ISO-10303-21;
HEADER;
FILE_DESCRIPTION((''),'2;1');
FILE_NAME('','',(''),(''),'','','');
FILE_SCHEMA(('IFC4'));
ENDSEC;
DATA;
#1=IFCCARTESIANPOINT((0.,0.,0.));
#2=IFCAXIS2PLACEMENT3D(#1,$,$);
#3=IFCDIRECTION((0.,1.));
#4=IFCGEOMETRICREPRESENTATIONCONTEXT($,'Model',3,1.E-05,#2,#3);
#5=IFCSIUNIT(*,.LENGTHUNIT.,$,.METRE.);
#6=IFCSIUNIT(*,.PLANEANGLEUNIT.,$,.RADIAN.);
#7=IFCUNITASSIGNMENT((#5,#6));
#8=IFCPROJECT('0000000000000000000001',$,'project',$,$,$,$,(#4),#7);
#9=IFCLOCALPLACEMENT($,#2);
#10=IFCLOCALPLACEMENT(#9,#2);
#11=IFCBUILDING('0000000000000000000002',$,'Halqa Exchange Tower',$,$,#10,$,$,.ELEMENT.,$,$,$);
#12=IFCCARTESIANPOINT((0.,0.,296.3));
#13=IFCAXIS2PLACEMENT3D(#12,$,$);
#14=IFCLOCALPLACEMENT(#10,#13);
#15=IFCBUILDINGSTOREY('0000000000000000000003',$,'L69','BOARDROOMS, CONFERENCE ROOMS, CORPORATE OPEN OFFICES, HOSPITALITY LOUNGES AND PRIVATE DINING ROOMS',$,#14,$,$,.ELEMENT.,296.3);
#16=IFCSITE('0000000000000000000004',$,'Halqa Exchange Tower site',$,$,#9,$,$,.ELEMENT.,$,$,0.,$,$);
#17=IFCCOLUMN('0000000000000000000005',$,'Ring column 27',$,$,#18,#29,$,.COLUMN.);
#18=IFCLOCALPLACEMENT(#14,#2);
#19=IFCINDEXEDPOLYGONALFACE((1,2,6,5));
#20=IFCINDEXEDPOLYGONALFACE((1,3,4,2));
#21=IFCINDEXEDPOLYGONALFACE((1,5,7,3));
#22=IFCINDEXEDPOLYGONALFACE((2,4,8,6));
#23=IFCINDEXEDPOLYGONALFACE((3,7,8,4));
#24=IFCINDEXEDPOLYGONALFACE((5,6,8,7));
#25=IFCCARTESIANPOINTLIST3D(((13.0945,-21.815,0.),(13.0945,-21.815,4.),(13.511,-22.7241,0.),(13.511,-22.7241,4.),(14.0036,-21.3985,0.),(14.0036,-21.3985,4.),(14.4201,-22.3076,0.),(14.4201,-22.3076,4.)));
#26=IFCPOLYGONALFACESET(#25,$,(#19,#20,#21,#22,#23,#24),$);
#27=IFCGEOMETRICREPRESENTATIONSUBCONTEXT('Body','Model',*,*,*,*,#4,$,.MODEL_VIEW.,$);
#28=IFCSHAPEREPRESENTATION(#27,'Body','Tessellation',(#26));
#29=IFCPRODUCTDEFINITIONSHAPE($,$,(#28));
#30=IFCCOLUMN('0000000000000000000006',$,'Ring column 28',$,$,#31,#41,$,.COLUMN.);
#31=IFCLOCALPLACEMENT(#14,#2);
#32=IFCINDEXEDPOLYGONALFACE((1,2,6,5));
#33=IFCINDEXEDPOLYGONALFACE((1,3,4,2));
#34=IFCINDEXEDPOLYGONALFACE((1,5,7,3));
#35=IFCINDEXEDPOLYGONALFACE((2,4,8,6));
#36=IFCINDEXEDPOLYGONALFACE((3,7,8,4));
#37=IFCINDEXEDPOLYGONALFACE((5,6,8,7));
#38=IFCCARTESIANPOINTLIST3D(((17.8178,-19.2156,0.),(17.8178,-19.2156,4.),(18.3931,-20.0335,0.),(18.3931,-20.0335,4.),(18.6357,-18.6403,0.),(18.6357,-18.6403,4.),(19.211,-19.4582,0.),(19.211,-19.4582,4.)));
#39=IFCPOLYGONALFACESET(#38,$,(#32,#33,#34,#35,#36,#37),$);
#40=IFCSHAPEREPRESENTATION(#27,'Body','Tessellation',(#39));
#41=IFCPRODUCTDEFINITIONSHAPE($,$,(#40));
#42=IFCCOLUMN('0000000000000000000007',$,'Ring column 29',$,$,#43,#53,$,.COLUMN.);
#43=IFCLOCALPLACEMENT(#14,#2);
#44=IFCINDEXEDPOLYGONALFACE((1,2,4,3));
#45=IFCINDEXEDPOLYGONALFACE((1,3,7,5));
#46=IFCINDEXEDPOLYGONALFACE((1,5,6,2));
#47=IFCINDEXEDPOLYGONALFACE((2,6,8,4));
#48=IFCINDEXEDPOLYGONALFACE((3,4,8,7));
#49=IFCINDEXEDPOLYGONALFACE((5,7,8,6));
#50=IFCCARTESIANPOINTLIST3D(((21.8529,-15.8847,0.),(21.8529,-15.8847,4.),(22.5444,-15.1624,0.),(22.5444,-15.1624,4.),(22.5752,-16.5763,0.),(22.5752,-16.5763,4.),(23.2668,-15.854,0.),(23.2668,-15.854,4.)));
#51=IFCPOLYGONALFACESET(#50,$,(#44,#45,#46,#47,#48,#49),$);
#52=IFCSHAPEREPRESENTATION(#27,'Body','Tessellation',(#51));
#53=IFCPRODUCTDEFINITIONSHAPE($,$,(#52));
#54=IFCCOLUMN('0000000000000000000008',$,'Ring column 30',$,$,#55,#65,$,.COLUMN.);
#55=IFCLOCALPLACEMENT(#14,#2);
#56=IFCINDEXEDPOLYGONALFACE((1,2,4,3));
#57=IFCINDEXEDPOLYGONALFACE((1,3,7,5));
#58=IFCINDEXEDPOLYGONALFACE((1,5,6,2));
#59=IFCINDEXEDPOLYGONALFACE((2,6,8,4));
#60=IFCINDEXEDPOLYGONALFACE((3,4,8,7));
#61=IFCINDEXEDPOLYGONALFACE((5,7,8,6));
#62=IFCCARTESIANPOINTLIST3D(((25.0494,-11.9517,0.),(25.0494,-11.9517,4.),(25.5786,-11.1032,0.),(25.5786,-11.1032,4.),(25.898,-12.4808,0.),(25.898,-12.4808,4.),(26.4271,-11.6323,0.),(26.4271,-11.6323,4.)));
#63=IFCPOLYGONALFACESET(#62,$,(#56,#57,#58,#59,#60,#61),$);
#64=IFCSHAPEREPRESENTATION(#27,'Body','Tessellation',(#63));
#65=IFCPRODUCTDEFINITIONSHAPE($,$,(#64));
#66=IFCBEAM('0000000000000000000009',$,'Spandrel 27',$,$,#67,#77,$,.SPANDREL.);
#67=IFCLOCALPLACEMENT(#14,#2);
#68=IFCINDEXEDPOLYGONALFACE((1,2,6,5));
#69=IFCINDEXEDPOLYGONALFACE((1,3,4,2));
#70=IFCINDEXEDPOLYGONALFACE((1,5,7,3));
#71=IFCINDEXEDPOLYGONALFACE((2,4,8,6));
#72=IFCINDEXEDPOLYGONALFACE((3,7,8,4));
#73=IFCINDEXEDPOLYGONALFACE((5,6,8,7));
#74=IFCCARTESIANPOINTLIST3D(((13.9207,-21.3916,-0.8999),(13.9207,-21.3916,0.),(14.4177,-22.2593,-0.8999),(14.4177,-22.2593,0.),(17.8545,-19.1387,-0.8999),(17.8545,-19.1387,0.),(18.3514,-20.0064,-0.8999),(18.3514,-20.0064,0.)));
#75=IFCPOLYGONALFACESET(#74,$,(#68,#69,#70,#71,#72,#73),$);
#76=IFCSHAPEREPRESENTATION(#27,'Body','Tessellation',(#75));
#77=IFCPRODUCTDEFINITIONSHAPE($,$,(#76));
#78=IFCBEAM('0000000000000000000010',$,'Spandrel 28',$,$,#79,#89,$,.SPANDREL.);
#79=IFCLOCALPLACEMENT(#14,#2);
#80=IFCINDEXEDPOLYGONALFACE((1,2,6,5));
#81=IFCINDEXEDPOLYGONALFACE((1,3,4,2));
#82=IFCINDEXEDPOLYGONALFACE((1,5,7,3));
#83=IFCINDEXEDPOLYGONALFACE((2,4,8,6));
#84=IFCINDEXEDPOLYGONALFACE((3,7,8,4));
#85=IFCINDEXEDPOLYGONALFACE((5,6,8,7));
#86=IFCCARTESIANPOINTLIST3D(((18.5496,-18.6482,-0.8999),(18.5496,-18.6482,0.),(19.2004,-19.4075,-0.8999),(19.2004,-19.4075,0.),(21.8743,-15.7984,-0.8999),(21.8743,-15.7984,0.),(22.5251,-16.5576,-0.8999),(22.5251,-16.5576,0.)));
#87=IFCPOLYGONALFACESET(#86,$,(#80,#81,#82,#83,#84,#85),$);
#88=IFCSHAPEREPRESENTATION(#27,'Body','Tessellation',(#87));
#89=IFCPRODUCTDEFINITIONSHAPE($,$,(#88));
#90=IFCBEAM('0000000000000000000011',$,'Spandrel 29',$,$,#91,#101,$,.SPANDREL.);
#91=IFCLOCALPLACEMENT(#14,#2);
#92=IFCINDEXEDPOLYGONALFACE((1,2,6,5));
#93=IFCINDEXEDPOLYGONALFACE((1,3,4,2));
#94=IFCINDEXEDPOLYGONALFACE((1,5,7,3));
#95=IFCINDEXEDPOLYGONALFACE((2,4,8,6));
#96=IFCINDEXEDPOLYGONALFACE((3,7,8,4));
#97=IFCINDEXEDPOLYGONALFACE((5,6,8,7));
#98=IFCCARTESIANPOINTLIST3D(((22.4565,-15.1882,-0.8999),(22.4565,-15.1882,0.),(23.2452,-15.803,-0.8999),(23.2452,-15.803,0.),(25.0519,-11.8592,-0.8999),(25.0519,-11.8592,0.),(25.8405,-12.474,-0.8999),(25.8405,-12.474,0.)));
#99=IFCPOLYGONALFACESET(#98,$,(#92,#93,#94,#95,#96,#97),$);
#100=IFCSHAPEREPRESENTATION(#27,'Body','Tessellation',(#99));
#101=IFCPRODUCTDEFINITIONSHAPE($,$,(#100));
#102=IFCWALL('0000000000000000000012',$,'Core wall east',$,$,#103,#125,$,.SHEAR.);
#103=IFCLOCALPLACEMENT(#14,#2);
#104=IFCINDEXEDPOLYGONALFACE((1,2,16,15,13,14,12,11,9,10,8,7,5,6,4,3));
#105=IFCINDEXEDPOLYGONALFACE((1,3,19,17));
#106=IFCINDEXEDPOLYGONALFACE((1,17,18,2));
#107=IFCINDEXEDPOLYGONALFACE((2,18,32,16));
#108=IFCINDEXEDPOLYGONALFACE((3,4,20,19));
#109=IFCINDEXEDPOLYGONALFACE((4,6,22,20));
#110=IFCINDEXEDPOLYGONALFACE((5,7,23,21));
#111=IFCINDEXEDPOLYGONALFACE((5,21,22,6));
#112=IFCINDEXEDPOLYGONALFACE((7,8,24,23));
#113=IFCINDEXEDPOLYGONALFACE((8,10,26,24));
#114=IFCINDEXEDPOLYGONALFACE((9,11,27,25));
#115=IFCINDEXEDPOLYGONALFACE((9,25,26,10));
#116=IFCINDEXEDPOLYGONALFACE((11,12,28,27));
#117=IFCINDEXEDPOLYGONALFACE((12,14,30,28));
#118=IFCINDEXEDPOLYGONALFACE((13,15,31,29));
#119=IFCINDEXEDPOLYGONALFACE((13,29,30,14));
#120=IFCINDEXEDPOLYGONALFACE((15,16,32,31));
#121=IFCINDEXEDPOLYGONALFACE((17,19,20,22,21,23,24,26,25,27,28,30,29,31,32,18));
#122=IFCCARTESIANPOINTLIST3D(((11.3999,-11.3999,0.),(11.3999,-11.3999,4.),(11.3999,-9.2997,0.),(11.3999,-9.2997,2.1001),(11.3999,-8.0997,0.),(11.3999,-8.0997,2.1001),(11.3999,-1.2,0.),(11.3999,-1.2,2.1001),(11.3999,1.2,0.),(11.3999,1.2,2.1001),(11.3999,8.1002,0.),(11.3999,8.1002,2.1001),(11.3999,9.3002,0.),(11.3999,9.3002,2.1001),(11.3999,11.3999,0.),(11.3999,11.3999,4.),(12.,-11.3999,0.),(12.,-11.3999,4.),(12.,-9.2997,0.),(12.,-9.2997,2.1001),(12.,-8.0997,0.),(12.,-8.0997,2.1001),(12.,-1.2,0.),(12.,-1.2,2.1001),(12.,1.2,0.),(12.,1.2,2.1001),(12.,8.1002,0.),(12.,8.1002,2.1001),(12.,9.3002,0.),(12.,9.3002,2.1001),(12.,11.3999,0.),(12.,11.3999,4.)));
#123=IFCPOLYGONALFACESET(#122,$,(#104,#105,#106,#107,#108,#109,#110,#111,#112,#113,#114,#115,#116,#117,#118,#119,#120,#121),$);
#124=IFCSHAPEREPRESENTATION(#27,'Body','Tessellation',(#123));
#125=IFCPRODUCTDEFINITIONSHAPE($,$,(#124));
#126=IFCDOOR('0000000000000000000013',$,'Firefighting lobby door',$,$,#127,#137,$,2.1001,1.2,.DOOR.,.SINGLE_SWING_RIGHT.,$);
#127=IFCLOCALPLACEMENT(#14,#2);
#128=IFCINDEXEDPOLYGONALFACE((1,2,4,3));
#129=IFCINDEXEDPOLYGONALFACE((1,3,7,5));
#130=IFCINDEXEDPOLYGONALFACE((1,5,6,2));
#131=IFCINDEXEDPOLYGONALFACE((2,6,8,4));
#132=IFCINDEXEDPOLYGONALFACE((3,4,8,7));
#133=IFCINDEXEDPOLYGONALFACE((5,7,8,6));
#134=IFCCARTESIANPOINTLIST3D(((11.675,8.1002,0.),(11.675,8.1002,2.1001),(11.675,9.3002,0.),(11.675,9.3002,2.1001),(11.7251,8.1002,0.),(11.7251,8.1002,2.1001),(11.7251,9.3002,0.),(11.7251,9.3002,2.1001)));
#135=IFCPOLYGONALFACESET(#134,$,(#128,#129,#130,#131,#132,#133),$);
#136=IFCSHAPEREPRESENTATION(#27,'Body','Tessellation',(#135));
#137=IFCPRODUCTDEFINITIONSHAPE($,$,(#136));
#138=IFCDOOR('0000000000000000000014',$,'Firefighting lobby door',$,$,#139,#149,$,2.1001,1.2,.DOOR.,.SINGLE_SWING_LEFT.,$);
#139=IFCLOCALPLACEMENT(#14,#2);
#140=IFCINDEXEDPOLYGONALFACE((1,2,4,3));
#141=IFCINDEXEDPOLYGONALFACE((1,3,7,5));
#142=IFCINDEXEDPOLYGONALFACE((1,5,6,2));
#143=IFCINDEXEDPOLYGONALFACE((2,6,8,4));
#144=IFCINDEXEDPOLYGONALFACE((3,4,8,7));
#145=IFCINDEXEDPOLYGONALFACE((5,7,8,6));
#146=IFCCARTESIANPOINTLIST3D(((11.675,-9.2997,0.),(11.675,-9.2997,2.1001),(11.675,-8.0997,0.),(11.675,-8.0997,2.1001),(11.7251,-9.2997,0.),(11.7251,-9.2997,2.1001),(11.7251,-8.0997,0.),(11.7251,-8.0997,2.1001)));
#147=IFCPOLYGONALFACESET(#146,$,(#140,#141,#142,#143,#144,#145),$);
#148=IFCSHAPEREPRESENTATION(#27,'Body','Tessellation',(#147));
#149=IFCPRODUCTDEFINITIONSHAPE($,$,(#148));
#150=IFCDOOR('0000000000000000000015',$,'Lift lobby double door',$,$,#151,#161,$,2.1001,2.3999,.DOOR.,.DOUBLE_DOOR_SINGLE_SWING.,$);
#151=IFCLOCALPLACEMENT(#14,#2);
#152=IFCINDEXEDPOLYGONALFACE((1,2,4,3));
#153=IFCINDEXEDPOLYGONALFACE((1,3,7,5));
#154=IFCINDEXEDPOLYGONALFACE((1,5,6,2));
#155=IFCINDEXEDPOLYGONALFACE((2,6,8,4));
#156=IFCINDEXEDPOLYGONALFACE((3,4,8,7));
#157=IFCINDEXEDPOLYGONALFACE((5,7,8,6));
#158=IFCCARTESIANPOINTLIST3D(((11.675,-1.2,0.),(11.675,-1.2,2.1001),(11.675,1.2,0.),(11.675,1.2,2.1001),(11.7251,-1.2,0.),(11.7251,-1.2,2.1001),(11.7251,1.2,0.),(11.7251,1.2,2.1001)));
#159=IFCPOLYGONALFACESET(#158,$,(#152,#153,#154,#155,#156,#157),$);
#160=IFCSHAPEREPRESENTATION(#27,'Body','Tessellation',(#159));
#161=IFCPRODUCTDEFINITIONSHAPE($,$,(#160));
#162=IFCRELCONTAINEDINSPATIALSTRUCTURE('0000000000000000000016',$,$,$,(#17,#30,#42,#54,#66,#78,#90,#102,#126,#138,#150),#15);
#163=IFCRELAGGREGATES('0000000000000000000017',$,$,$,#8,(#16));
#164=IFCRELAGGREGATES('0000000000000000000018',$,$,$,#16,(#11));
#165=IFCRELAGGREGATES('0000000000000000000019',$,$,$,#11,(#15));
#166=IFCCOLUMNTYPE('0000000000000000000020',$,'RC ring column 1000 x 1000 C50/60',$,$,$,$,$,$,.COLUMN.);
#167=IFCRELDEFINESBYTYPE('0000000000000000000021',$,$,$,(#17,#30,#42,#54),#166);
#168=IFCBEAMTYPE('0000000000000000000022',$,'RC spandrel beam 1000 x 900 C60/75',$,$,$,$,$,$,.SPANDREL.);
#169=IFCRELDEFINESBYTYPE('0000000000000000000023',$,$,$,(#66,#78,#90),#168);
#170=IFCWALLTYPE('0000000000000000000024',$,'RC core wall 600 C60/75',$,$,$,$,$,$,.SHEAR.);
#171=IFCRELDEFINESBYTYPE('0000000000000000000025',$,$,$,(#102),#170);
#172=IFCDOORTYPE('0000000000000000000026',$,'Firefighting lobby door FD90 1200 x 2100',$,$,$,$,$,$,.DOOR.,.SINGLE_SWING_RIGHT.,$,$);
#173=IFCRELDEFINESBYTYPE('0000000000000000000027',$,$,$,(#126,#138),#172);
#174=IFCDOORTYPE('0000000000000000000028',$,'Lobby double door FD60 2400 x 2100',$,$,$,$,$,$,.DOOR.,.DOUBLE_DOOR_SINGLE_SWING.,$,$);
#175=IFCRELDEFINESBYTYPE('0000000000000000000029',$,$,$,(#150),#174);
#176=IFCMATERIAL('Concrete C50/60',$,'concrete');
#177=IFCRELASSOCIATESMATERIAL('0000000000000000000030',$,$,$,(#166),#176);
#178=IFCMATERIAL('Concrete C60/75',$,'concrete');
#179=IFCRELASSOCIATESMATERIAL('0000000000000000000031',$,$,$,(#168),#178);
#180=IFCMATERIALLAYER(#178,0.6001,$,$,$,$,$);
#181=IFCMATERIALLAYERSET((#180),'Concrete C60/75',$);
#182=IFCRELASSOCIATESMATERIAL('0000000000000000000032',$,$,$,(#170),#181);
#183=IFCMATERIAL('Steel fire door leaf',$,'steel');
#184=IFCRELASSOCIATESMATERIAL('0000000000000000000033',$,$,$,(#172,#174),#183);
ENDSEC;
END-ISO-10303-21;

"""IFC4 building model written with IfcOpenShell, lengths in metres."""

from ifc_helpers import new_model, si_unit, direction, frame, frame_2d, origin, origin_2d, place, context, subcontext, project, spatial, rectangle, extrude, material, layer, layer_set, material_profile, profile_set, type_object, element, fill, save


model = new_model("IFC4")

# Units and contexts
model_context = context("Model", 3, precision=1e-05, world=origin(), true_north=direction((0.0, 1.0)))
body_context = subcontext(model_context, "Body", "Model", "MODEL_VIEW")
ifc_project = project(units=[si_unit("LENGTHUNIT", "METRE"), si_unit("PLANEANGLEUNIT", "RADIAN")], contexts=[model_context])

# Site, building, storey
site_placement = place(None, origin())
site = spatial("IfcSite", under=ifc_project, at=site_placement, Name="Halqa Exchange Tower site", CompositionType="ELEMENT", RefElevation=0.0)
building_placement = place(site_placement, origin())
building = spatial("IfcBuilding", under=site, at=building_placement, Name="Halqa Exchange Tower", CompositionType="ELEMENT")
storey_placement = place(building_placement, frame((0.0, 0.0, 296.3)))
storey = spatial("IfcBuildingStorey", under=building, at=storey_placement, Name="L69", Description="BOARDROOMS, CONFERENCE ROOMS, CORPORATE OPEN OFFICES, HOSPITALITY LOUNGES AND PRIVATE DINING ROOMS", CompositionType="ELEMENT", Elevation=296.3)

# Columns
ifc_material_1 = material(Name="Concrete C50/60", Category="concrete")
ifc_material_profile_1 = material_profile(ifc_material_1, rectangle(XDim=1.0, YDim=1.0, at=origin_2d()), Name="1000 x 1000")
ifc_profile_set_1 = profile_set([ifc_material_profile_1], Name="Concrete C50/60")
column_type = type_object("IfcColumnType", Name="RC ring column 1000 x 1000 C50/60", PredefinedType="COLUMN", material=ifc_profile_set_1)
for number, where, z_axis, x_axis, name in (
    (1, (13.7573, -22.0613, 0.0), (0.0, 0.0, 1.0), (0.909129, 0.416516, 0.0), "Ring column 27"),
    (2, (18.5144, -19.3369, 0.0), (0.0, 0.0, 1.0), (0.817906, 0.575352, 0.0), "Ring column 28"),
    (3, (22.5598, -15.8694, 0.0), (0.0, 0.0, 1.0), (0.691575, 0.722305, 0.0), "Ring column 29"),
    (4, (25.7383, -11.792, 0.0), (0.0, 0.0, 1.0), (0.529142, 0.848533, 0.0), "Ring column 30"),
):
    element("IfcColumn", number, at=place(storey_placement, frame(where, z_axis=z_axis, x_axis=x_axis)), inside=storey, type_object=column_type, Name=name, PredefinedType="COLUMN", context=body_context, shape_type="SweptSolid", body=[
        extrude(rectangle(XDim=1.0, YDim=1.0, at=origin_2d()), origin(), (0.0, 0.0, 1.0), 4.0),
    ])

# Beams
ifc_material_2 = material(Name="Concrete C60/75", Category="concrete")
ifc_material_profile_2 = material_profile(ifc_material_2, rectangle(XDim=1.0, YDim=0.8999, at=origin_2d()), Name="1000 x 900")
ifc_profile_set_2 = profile_set([ifc_material_profile_2], Name="Concrete C60/75")
beam_type = type_object("IfcBeamType", Name="RC spandrel beam 1000 x 900 C60/75", PredefinedType="SPANDREL", material=ifc_profile_set_2)
beam_1_placement = place(storey_placement, frame((14.1692, -21.8254, -0.45), z_axis=(0.867766, 0.496974, 0.0), x_axis=(-0.496974, 0.867766, 0.0)))
element("IfcBeam", 5, at=beam_1_placement, inside=storey, type_object=beam_type, Name="Spandrel 27", PredefinedType="SPANDREL", context=body_context, shape_type="SweptSolid", body=[
    extrude(rectangle(XDim=1.0, YDim=0.8999, at=origin_2d()), origin(), (0.0, 0.0, 1.0), 4.5332),
])
beam_2_placement = place(storey_placement, frame((18.875, -19.0278, -0.45), z_axis=(0.759245, 0.650805, 0.0), x_axis=(-0.650805, 0.759245, 0.0)))
element("IfcBeam", 6, at=beam_2_placement, inside=storey, type_object=beam_type, Name="Spandrel 28", PredefinedType="SPANDREL", context=body_context, shape_type="SweptSolid", body=[
    extrude(rectangle(XDim=1.0, YDim=0.8999, at=origin_2d()), origin(), (0.0, 0.0, 1.0), 4.3789),
])
beam_3_placement = place(storey_placement, frame((22.8508, -15.4956, -0.45), z_axis=(0.614849, 0.788645, 0.0), x_axis=(-0.788645, 0.614849, 0.0)))
element("IfcBeam", 7, at=beam_3_placement, inside=storey, type_object=beam_type, Name="Spandrel 29", PredefinedType="SPANDREL", context=body_context, shape_type="SweptSolid", body=[
    extrude(rectangle(XDim=1.0, YDim=0.8999, at=origin_2d()), origin(), (0.0, 0.0, 1.0), 4.2212),
])

# Wall, openings, doors
ifc_material_3 = material(Name="Steel fire door leaf", Category="steel")
ifc_layer_1 = layer(ifc_material_2, 0.6001)
ifc_layer_set_1 = layer_set([ifc_layer_1], Name="Concrete C60/75")
wall_type_1 = type_object("IfcWallType", Name="RC core wall 600 C60/75", PredefinedType="SHEAR", material=ifc_layer_set_1)
wall_1_placement = place(storey_placement, frame((11.7, -11.3999, 0.0), z_axis=(0.0, 0.0, 1.0), x_axis=(0.0, 1.0, 0.0)))
wall_1 = element("IfcWall", 8, at=wall_1_placement, inside=storey, type_object=wall_type_1, Name="Core wall east", PredefinedType="SHEAR", context=body_context, shape_type="SweptSolid", body=[
    extrude(rectangle(XDim=22.7998, YDim=0.6001, at=frame_2d((11.3999, 0.0))), origin(), (0.0, 0.0, 1.0), 4.0),
])
opening_1_placement = place(wall_1_placement, frame((10.2, 0.0, 0.0)))
opening_1 = element("IfcOpeningElement", 9, at=opening_1_placement, cuts=wall_1, PredefinedType="OPENING", context=body_context, shape_type="SweptSolid", body=[
    extrude(rectangle(XDim=2.3999, YDim=2.1001, at=frame_2d((1.2, 1.05))), frame((0.0, 0.312, 0.0), z_axis=(0.0, -1.0, 0.0), x_axis=(1.0, 0.0, 0.0)), (0.0, 0.0, 1.0), 0.624),
])
opening_2_placement = place(wall_1_placement, frame((19.5, 0.0, 0.0)))
opening_2 = element("IfcOpeningElement", 10, at=opening_2_placement, cuts=wall_1, PredefinedType="OPENING", context=body_context, shape_type="SweptSolid", body=[
    extrude(rectangle(XDim=1.2, YDim=2.1001, at=frame_2d((0.6001, 1.05))), frame((0.0, 0.312, 0.0), z_axis=(0.0, -1.0, 0.0), x_axis=(1.0, 0.0, 0.0)), (0.0, 0.0, 1.0), 0.624),
])
opening_3_placement = place(wall_1_placement, frame((2.1001, 0.0, 0.0)))
opening_3 = element("IfcOpeningElement", 11, at=opening_3_placement, cuts=wall_1, PredefinedType="OPENING", context=body_context, shape_type="SweptSolid", body=[
    extrude(rectangle(XDim=1.2, YDim=2.1001, at=frame_2d((0.6001, 1.05))), frame((0.0, 0.312, 0.0), z_axis=(0.0, -1.0, 0.0), x_axis=(1.0, 0.0, 0.0)), (0.0, 0.0, 1.0), 0.624),
])
door_type_1 = type_object("IfcDoorType", Name="Firefighting lobby door FD90 1200 x 2100", OperationType="SINGLE_SWING_RIGHT", PredefinedType="DOOR", material=ifc_material_3)
door_1_placement = place(opening_2_placement, origin())
door_1 = element("IfcDoor", 12, at=door_1_placement, inside=storey, type_object=door_type_1, Name="Firefighting lobby door", OperationType="SINGLE_SWING_RIGHT", OverallHeight=2.1001, OverallWidth=1.2, PredefinedType="DOOR", context=body_context, shape_type="SweptSolid", body=[
    extrude(rectangle(XDim=1.2, YDim=2.1001, at=frame_2d((0.6001, 1.05))), frame((0.0, 0.0249, 0.0), z_axis=(0.0, -1.0, 0.0), x_axis=(1.0, 0.0, 0.0)), (0.0, 0.0, 1.0), 0.05),
])
fill(opening_2, door_1)
door_2_placement = place(opening_3_placement, origin())
door_2 = element("IfcDoor", 13, at=door_2_placement, inside=storey, type_object=door_type_1, Name="Firefighting lobby door", OperationType="SINGLE_SWING_LEFT", OverallHeight=2.1001, OverallWidth=1.2, PredefinedType="DOOR", context=body_context, shape_type="SweptSolid", body=[
    extrude(rectangle(XDim=1.2, YDim=2.1001, at=frame_2d((0.6001, 1.05))), frame((0.0, 0.0249, 0.0), z_axis=(0.0, -1.0, 0.0), x_axis=(1.0, 0.0, 0.0)), (0.0, 0.0, 1.0), 0.05),
])
fill(opening_3, door_2)
door_type_2 = type_object("IfcDoorType", Name="Lobby double door FD60 2400 x 2100", OperationType="DOUBLE_DOOR_SINGLE_SWING", PredefinedType="DOOR", material=ifc_material_3)
door_3_placement = place(opening_1_placement, origin())
door_3 = element("IfcDoor", 14, at=door_3_placement, inside=storey, type_object=door_type_2, Name="Lift lobby double door", OperationType="DOUBLE_DOOR_SINGLE_SWING", OverallHeight=2.1001, OverallWidth=2.3999, PredefinedType="DOOR", context=body_context, shape_type="SweptSolid", body=[
    extrude(rectangle(XDim=2.3999, YDim=2.1001, at=frame_2d((1.2, 1.05))), frame((0.0, 0.0249, 0.0), z_axis=(0.0, -1.0, 0.0), x_axis=(1.0, 0.0, 0.0)), (0.0, 0.0, 1.0), 0.05),
])
fill(opening_1, door_3)

save(model, "model.ifc")
